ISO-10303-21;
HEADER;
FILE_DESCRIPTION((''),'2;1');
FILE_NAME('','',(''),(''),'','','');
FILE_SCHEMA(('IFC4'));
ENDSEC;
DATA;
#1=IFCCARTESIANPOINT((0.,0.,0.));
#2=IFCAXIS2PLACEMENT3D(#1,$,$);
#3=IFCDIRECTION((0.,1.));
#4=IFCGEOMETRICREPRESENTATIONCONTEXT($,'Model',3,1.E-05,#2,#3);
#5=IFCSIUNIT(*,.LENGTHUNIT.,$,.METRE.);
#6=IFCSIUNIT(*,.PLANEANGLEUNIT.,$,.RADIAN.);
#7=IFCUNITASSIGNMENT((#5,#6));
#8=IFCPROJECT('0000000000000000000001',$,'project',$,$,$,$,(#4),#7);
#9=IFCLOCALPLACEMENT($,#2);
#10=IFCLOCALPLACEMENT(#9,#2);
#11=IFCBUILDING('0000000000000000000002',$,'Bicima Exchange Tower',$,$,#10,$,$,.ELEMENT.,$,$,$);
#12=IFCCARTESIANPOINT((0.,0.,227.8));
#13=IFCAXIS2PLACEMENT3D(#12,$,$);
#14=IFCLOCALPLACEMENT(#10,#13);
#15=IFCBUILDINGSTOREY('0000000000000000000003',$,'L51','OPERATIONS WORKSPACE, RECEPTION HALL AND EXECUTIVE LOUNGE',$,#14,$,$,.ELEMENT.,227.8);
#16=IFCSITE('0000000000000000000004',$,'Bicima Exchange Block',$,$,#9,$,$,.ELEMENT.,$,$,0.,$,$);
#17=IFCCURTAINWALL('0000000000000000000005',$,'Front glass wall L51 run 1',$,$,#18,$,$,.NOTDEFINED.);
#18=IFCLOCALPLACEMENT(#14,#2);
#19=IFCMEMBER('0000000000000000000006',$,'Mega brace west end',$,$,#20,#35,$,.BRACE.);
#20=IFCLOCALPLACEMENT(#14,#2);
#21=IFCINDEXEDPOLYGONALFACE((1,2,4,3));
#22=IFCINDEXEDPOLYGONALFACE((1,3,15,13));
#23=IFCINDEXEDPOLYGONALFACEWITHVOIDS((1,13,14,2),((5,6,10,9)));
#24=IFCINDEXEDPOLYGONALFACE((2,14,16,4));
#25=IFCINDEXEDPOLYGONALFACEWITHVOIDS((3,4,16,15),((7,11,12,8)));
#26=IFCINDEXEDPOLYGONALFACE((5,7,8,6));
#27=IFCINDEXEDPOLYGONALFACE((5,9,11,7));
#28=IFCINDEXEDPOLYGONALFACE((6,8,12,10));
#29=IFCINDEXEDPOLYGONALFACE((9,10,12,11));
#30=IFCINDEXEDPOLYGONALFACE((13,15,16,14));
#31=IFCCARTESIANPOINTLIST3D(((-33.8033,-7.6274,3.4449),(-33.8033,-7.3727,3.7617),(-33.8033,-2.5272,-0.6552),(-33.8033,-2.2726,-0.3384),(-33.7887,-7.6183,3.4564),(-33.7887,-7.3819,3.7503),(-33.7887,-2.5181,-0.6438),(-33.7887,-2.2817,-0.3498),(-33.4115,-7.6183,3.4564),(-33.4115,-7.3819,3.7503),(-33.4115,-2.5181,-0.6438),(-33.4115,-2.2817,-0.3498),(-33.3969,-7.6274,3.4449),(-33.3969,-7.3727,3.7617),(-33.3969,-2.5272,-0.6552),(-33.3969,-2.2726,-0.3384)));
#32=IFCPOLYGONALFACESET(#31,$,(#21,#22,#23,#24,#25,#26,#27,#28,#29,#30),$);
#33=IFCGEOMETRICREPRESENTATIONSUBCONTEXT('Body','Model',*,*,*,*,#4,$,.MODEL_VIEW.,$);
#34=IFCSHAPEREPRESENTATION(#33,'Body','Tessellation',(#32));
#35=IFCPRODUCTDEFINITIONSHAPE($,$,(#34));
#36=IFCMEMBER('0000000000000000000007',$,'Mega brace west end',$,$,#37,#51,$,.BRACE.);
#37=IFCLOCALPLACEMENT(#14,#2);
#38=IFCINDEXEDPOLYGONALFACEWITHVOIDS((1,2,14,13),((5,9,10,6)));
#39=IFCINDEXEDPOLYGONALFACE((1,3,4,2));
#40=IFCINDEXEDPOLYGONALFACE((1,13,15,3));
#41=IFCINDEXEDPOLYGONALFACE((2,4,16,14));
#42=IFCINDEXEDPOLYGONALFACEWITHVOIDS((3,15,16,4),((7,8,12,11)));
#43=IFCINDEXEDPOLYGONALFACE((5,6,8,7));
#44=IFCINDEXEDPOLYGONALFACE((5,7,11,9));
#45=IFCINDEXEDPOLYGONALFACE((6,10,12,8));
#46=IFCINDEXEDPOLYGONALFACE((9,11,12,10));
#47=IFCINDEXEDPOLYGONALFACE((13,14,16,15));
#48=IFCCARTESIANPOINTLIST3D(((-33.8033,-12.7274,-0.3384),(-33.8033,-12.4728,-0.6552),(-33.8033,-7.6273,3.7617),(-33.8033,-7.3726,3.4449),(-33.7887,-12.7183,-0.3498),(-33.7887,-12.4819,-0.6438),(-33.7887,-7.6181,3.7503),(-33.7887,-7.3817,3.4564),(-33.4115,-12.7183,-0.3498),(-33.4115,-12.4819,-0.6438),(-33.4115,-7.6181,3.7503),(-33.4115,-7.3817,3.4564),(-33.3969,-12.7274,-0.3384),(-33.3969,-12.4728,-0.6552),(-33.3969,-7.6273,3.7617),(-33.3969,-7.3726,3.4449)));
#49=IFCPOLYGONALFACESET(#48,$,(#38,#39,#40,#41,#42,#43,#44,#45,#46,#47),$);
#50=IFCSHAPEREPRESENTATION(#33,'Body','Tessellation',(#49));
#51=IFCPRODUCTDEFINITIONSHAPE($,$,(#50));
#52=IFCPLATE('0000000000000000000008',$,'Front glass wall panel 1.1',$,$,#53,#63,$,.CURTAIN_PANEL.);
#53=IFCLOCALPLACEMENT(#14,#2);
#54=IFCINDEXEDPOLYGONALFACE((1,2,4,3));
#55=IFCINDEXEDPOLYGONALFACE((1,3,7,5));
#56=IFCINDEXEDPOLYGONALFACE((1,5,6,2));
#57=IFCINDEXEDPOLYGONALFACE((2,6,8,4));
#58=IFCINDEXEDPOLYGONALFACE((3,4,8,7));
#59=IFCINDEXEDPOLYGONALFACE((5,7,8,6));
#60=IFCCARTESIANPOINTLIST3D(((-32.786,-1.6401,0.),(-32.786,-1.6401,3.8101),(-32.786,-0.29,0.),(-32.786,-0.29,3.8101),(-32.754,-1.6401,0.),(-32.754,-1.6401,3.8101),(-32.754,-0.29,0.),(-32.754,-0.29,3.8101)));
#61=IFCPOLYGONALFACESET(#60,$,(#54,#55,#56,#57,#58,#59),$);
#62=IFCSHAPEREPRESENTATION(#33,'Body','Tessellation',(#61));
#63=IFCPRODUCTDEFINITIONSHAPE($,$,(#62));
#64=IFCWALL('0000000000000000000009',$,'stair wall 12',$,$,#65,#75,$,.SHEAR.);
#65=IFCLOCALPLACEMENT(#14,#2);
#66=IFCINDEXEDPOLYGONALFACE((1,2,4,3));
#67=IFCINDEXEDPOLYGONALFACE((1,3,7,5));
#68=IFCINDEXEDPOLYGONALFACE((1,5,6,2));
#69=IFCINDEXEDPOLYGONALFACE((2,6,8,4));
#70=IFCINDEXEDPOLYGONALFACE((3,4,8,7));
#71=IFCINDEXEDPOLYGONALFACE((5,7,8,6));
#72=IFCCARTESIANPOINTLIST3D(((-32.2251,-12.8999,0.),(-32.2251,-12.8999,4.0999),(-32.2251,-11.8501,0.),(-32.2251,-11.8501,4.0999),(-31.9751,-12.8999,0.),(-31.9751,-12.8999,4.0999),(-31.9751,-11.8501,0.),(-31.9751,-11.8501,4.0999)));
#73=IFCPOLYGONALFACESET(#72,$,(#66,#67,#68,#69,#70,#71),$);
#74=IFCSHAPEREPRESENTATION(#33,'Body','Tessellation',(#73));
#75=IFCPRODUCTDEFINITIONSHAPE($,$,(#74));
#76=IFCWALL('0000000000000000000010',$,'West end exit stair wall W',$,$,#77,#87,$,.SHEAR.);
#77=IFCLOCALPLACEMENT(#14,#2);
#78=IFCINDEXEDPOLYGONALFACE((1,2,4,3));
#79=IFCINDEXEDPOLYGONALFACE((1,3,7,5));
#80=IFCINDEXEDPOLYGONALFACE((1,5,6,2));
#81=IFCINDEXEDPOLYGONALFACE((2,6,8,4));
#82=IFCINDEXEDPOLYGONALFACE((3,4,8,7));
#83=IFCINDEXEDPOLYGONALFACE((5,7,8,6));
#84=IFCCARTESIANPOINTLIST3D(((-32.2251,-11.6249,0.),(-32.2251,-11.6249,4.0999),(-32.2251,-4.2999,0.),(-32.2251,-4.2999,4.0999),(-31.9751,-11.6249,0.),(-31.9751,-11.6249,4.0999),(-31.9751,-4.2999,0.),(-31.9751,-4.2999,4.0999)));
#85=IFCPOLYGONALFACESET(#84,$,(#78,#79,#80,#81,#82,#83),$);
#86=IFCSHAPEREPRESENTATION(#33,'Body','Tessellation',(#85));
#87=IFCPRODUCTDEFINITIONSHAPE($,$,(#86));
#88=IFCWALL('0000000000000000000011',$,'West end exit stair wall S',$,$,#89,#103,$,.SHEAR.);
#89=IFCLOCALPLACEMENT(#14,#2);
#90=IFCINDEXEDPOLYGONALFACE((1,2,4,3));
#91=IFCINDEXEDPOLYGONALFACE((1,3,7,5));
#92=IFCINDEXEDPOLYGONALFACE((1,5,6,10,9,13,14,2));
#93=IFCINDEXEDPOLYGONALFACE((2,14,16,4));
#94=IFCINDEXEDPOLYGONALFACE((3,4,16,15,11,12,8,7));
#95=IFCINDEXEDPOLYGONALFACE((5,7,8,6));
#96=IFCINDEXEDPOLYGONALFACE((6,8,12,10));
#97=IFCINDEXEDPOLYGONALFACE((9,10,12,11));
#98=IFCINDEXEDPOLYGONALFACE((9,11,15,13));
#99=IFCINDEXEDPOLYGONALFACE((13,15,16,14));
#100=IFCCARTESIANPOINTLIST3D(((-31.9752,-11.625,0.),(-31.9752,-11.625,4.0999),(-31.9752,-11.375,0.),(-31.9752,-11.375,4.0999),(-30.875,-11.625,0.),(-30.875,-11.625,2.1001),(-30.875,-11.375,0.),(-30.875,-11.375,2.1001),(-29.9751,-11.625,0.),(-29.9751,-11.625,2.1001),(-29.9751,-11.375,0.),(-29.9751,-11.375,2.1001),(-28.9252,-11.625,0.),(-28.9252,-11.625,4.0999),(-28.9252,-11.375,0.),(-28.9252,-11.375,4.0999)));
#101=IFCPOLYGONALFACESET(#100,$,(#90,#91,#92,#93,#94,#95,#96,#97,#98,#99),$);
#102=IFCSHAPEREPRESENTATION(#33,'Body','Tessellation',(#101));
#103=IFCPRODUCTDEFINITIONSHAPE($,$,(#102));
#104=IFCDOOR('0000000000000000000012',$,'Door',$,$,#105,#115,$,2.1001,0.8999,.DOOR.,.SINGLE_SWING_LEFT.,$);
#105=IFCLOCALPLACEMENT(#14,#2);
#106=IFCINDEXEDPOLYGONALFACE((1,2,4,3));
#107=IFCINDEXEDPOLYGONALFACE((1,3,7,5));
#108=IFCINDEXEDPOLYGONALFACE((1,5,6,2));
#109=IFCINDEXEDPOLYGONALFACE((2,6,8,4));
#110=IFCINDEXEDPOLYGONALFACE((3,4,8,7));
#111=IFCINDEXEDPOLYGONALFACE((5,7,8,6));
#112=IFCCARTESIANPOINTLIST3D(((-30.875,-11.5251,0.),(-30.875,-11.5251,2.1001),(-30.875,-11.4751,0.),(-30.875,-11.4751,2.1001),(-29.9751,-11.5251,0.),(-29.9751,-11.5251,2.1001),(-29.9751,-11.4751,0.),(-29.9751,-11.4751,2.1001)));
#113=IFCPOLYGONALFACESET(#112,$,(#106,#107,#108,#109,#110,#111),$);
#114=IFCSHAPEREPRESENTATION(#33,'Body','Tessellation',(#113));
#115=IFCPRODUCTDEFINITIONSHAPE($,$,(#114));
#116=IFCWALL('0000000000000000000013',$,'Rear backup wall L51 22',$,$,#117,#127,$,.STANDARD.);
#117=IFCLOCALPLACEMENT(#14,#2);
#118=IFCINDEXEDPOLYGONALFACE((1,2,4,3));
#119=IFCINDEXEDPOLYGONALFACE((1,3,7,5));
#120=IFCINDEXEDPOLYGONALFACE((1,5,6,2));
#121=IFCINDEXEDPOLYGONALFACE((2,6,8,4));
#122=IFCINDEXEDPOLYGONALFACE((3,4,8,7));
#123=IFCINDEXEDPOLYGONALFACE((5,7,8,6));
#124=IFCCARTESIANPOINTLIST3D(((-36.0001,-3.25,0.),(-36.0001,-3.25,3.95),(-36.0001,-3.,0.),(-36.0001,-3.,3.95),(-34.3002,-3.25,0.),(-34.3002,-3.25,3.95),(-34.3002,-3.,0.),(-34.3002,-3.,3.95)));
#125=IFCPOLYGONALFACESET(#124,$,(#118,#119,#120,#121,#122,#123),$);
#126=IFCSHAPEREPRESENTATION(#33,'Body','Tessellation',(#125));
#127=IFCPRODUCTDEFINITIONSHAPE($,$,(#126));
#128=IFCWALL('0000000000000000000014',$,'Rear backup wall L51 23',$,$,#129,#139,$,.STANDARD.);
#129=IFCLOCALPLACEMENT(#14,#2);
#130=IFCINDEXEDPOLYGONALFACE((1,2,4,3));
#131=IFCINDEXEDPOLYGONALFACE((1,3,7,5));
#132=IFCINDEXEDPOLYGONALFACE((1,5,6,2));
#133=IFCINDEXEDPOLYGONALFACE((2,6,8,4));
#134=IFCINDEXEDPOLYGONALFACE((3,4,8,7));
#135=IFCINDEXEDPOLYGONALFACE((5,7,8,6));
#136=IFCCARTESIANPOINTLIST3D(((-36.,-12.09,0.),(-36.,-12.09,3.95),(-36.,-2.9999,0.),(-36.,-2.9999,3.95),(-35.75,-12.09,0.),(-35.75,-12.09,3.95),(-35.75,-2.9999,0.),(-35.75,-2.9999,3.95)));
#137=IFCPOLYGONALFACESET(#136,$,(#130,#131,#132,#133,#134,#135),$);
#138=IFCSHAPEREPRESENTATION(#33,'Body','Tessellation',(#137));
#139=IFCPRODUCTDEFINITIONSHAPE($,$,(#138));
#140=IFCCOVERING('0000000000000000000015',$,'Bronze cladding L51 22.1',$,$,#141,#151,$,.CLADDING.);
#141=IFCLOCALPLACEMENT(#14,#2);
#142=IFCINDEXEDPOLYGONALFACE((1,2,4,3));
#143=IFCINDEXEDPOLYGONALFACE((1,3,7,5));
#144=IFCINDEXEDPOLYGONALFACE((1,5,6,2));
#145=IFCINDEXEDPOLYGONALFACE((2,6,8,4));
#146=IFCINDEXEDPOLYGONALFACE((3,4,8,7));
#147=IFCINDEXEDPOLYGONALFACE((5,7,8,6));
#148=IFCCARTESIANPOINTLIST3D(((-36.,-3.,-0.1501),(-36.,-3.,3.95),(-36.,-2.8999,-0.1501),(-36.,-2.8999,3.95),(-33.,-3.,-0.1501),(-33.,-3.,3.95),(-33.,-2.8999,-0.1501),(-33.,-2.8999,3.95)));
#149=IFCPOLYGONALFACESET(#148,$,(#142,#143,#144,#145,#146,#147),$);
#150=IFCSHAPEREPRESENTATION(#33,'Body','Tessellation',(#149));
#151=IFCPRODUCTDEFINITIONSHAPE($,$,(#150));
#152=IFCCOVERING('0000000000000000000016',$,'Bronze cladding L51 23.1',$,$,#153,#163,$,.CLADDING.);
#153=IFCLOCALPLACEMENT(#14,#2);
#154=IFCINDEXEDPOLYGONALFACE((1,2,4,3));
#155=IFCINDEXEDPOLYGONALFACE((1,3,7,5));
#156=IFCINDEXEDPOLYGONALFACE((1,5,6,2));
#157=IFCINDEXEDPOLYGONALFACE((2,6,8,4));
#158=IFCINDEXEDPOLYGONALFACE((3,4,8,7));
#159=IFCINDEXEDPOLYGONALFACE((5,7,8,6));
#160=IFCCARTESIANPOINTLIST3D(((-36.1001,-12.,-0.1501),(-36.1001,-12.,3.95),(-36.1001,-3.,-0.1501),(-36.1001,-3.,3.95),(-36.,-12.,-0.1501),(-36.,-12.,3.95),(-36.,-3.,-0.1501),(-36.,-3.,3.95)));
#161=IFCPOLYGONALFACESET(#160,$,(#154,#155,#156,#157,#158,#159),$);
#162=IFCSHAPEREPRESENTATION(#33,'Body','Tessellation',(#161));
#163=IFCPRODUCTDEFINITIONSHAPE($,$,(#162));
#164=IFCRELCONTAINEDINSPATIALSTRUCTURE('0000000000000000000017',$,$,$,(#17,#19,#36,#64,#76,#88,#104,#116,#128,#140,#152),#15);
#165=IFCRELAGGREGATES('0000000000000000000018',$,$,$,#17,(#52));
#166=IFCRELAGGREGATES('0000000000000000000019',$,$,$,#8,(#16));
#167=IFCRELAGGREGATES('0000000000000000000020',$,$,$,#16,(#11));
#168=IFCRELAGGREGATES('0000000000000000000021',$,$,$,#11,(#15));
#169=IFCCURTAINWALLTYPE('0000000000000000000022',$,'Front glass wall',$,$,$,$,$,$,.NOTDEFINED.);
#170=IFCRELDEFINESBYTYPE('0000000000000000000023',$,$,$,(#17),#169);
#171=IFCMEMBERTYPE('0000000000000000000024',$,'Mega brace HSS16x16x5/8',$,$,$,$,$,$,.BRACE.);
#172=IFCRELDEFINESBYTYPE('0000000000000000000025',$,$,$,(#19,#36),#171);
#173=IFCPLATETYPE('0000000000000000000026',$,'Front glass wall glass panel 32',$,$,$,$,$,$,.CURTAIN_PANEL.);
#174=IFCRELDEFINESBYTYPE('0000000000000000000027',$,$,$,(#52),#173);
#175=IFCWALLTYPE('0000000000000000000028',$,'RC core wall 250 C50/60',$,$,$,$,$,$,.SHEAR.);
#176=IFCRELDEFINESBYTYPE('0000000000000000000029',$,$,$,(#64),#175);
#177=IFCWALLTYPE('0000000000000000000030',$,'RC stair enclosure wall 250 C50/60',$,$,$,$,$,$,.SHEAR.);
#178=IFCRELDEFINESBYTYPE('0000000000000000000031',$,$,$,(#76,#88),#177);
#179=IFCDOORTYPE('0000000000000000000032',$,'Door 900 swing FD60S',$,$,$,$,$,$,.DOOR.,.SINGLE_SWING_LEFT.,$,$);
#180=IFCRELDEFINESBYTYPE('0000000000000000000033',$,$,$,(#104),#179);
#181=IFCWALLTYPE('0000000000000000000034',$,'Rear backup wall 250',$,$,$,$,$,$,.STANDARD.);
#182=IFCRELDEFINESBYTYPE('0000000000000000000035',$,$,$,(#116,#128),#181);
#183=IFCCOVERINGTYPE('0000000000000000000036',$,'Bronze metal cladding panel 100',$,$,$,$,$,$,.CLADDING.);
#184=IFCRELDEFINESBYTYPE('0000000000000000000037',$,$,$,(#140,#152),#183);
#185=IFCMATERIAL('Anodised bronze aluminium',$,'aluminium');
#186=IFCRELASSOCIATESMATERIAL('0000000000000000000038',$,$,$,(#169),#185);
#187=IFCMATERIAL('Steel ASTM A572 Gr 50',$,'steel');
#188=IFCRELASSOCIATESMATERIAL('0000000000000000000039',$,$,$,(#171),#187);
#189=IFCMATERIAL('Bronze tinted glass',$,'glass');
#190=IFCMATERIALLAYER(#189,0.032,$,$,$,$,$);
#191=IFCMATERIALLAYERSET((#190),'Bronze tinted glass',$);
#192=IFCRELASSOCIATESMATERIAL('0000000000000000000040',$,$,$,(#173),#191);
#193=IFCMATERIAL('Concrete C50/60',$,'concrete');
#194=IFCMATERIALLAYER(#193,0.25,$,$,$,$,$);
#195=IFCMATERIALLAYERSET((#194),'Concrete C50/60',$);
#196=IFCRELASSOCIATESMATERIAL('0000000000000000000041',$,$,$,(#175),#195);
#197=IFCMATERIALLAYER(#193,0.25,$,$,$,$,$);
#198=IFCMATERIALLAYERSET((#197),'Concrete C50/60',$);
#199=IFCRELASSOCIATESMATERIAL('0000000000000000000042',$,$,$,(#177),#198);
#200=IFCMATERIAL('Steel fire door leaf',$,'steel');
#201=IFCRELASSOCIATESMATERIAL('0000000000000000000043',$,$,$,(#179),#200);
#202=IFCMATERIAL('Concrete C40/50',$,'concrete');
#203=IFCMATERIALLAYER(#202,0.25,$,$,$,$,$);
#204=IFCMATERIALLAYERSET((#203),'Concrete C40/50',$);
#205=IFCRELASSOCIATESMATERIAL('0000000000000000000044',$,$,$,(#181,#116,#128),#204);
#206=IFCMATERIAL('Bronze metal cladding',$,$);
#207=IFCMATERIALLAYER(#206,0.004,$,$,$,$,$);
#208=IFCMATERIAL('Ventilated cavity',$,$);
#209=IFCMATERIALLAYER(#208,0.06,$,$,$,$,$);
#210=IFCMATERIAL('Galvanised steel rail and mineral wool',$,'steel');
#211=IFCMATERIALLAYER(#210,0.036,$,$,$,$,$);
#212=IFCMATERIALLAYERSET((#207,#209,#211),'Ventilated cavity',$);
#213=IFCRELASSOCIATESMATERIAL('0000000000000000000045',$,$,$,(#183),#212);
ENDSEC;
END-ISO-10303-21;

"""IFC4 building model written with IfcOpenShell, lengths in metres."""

from ifc_helpers import new_model, si_unit, direction, frame, frame_2d, origin, origin_2d, place, context, subcontext, project, spatial, rectangle, hollow_rectangle, extrude, material, layer, layer_set, layer_usage, material_profile, profile_set, type_object, element, fill, aggregate, save


model = new_model("IFC4")

# Units and contexts
model_context = context("Model", 3, precision=1e-05, world=origin(), true_north=direction((0.0, 1.0)))
body_context = subcontext(model_context, "Body", "Model", "MODEL_VIEW")
ifc_project = project(units=[si_unit("LENGTHUNIT", "METRE"), si_unit("PLANEANGLEUNIT", "RADIAN")], contexts=[model_context])

# Site, building, storey
site_placement = place(None, origin())
site = spatial("IfcSite", under=ifc_project, at=site_placement, Name="Bicima Exchange Block", CompositionType="ELEMENT", RefElevation=0.0)
building_placement = place(site_placement, origin())
building = spatial("IfcBuilding", under=site, at=building_placement, Name="Bicima Exchange Tower", CompositionType="ELEMENT")
storey_placement = place(building_placement, frame((0.0, 0.0, 227.8)))
storey = spatial("IfcBuildingStorey", under=building, at=storey_placement, Name="L51", Description="OPERATIONS WORKSPACE, RECEPTION HALL AND EXECUTIVE LOUNGE", CompositionType="ELEMENT", Elevation=227.8)

# Shared definitions
ifc_material_1 = material(Name="Steel ASTM A572 Gr 50", Category="steel")

# Shared definitions
ifc_material_2 = material(Name="Anodised bronze aluminium", Category="aluminium")

# Curtain wall
curtain_wall_type_1 = type_object("IfcCurtainWallType", Name="Front glass wall", PredefinedType="NOTDEFINED", material=ifc_material_2)
curtain_wall_1_placement = place(storey_placement, origin())
curtain_wall_1 = element("IfcCurtainWall", 1, at=curtain_wall_1_placement, inside=storey, type_object=curtain_wall_type_1, Name="Front glass wall L51 run 1", PredefinedType="NOTDEFINED")

# Members
ifc_material_profile_1 = material_profile(ifc_material_1, hollow_rectangle(XDim=0.4065, YDim=0.4065, WallThickness=0.0146, at=origin_2d()))
ifc_profile_set_1 = profile_set([ifc_material_profile_1], Name="Steel ASTM A572 Gr 50")
member_type_1 = type_object("IfcMemberType", Name="Mega brace HSS16x16x5/8", PredefinedType="BRACE", material=ifc_profile_set_1)
for number, where, z_axis, x_axis, name in (
    (2, (-33.6001, -2.3999, -0.4968), (0.0, -0.779374, 0.626559), (1.0, 0.0, 0.0), "Mega brace west end"),
    (3, (-33.6001, -12.6001, -0.4968), (0.0, 0.779374, 0.626559), (-1.0, 0.0, 0.0), "Mega brace west end"),
):
    element("IfcMember", number, at=place(storey_placement, frame(where, z_axis=z_axis, x_axis=x_axis)), inside=storey, type_object=member_type_1, Name=name, PredefinedType="BRACE", context=body_context, shape_type="SweptSolid", body=[
        extrude(hollow_rectangle(XDim=0.4065, YDim=0.4065, WallThickness=0.0146, at=origin_2d()), origin(), (0.0, 0.0, 1.0), 6.5439),
    ])

# Plate
ifc_material_3 = material(Name="Bronze tinted glass", Category="glass")
ifc_layer_1 = layer(ifc_material_3, 0.032)
ifc_layer_set_1 = layer_set([ifc_layer_1], Name="Bronze tinted glass")
plate_type = type_object("IfcPlateType", Name="Front glass wall glass panel 32", PredefinedType="CURTAIN_PANEL", material=ifc_layer_set_1)
plate_placement = place(storey_placement, frame((-32.77, -0.9651, 0.0), z_axis=(0.0, 0.0, 1.0), x_axis=(0.0, -1.0, 0.0)))
plate = element("IfcPlate", 4, at=plate_placement, type_object=plate_type, Name="Front glass wall panel 1.1", PredefinedType="CURTAIN_PANEL", context=body_context, shape_type="SweptSolid", body=[
    extrude(rectangle(XDim=1.3501, YDim=0.032, at=origin_2d()), origin(), (0.0, 0.0, 1.0), 3.8101),
])
aggregate(curtain_wall_1, [plate])

# Walls
ifc_material_4 = material(Name="Concrete C50/60", Category="concrete")
ifc_layer_2 = layer(ifc_material_4, 0.25)
ifc_layer_set_2 = layer_set([ifc_layer_2], Name="Concrete C50/60")
wall_type_1 = type_object("IfcWallType", Name="RC core wall 250 C50/60", PredefinedType="SHEAR", material=ifc_layer_set_2)
wall_1_placement = place(storey_placement, frame((-32.1001, -12.8999, 0.0), z_axis=(0.0, 0.0, 1.0), x_axis=(0.0, 1.0, 0.0)))
element("IfcWall", 5, at=wall_1_placement, inside=storey, type_object=wall_type_1, Name="stair wall 12", PredefinedType="SHEAR", context=body_context, shape_type="SweptSolid", body=[
    extrude(rectangle(XDim=1.0498, YDim=0.25, at=frame_2d((0.5249, 0.0))), origin(), (0.0, 0.0, 1.0), 4.0999),
])
ifc_layer_3 = layer(ifc_material_4, 0.25)
ifc_layer_set_3 = layer_set([ifc_layer_3], Name="Concrete C50/60")
wall_type_2 = type_object("IfcWallType", Name="RC stair enclosure wall 250 C50/60", PredefinedType="SHEAR", material=ifc_layer_set_3)
wall_2_placement = place(storey_placement, frame((-32.1001, -11.625, 0.0), z_axis=(0.0, 0.0, 1.0), x_axis=(0.0, 1.0, 0.0)))
element("IfcWall", 6, at=wall_2_placement, inside=storey, type_object=wall_type_2, Name="West end exit stair wall W", PredefinedType="SHEAR", context=body_context, shape_type="SweptSolid", body=[
    extrude(rectangle(XDim=7.325, YDim=0.25, at=frame_2d((3.6626, 0.0))), origin(), (0.0, 0.0, 1.0), 4.0999),
])

# Wall, opening, door
wall_3_placement = place(storey_placement, frame((-31.9751, -11.5, 0.0), z_axis=(0.0, 0.0, 1.0), x_axis=(1.0, 0.0, 0.0)))
wall_3 = element("IfcWall", 7, at=wall_3_placement, inside=storey, type_object=wall_type_2, Name="West end exit stair wall S", PredefinedType="SHEAR", context=body_context, shape_type="SweptSolid", body=[
    extrude(rectangle(XDim=3.05, YDim=0.25, at=frame_2d((1.5249, 0.0))), origin(), (0.0, 0.0, 1.0), 4.0999),
])
opening_placement = place(wall_3_placement, frame((1.1001, 0.0, 0.0)))
opening = element("IfcOpeningElement", 8, at=opening_placement, cuts=wall_3, PredefinedType="OPENING", context=body_context, shape_type="SweptSolid", body=[
    extrude(rectangle(XDim=0.8999, YDim=2.1001, at=frame_2d((0.45, 1.05))), frame((0.0, 0.137, 0.0), z_axis=(0.0, -1.0, 0.0), x_axis=(1.0, 0.0, 0.0)), (0.0, 0.0, 1.0), 0.2739),
])
ifc_material_5 = material(Name="Steel fire door leaf", Category="steel")
door_type = type_object("IfcDoorType", Name="Door 900 swing FD60S", OperationType="SINGLE_SWING_LEFT", PredefinedType="DOOR", material=ifc_material_5)
door_placement = place(opening_placement, origin())
door = element("IfcDoor", 9, at=door_placement, inside=storey, type_object=door_type, Name="Door", OperationType="SINGLE_SWING_LEFT", OverallHeight=2.1001, OverallWidth=0.8999, PredefinedType="DOOR", context=body_context, shape_type="SweptSolid", body=[
    extrude(rectangle(XDim=0.8999, YDim=2.1001, at=frame_2d((0.45, 1.05))), frame((0.0, 0.0249, 0.0), z_axis=(0.0, -1.0, 0.0), x_axis=(1.0, 0.0, 0.0)), (0.0, 0.0, 1.0), 0.05),
])
fill(opening, door)

# Walls
ifc_material_6 = material(Name="Concrete C40/50", Category="concrete")
ifc_layer_4 = layer(ifc_material_6, 0.25)
ifc_layer_set_4 = layer_set([ifc_layer_4], Name="Concrete C40/50")
ifc_layer_usage = layer_usage(ifc_layer_set_4, "AXIS2", "POSITIVE", -0.125)
wall_type_3 = type_object("IfcWallType", Name="Rear backup wall 250", PredefinedType="STANDARD", material=ifc_layer_set_4)
wall_4_placement = place(storey_placement, frame((-34.3, -3.125, 0.0), z_axis=(0.0, 0.0, 1.0), x_axis=(-1.0, 0.0, 0.0)))
element("IfcWall", 10, at=wall_4_placement, inside=storey, type_object=wall_type_3, material=ifc_layer_usage, Name="Rear backup wall L51 22", PredefinedType="STANDARD", context=body_context, shape_type="SweptSolid", body=[
    extrude(rectangle(XDim=1.7, YDim=0.25, at=frame_2d((0.8501, 0.0))), origin(), (0.0, 0.0, 1.0), 3.95),
])
wall_5_placement = place(storey_placement, frame((-35.875, -3.0, 0.0), z_axis=(0.0, 0.0, 1.0), x_axis=(0.0, -1.0, 0.0)))
element("IfcWall", 11, at=wall_5_placement, inside=storey, type_object=wall_type_3, material=ifc_layer_usage, Name="Rear backup wall L51 23", PredefinedType="STANDARD", context=body_context, shape_type="SweptSolid", body=[
    extrude(rectangle(XDim=9.0901, YDim=0.25, at=frame_2d((4.5449, 0.0))), origin(), (0.0, 0.0, 1.0), 3.95),
])

# Coverings
ifc_material_7 = material(Name="Bronze metal cladding")
ifc_layer_5 = layer(ifc_material_7, 0.004)
ifc_material_8 = material(Name="Ventilated cavity")
ifc_layer_6 = layer(ifc_material_8, 0.06)
ifc_material_9 = material(Name="Galvanised steel rail and mineral wool", Category="steel")
ifc_layer_7 = layer(ifc_material_9, 0.036)
ifc_layer_set_5 = layer_set([ifc_layer_5, ifc_layer_6, ifc_layer_7], Name="Ventilated cavity")
covering_type = type_object("IfcCoveringType", Name="Bronze metal cladding panel 100", PredefinedType="CLADDING", material=ifc_layer_set_5)
covering_1_placement = place(storey_placement, frame((-34.5, -2.95, -0.1501), z_axis=(0.0, 0.0, 1.0), x_axis=(-1.0, 0.0, 0.0)))
element("IfcCovering", 12, at=covering_1_placement, inside=storey, type_object=covering_type, Name="Bronze cladding L51 22.1", PredefinedType="CLADDING", context=body_context, shape_type="SweptSolid", body=[
    extrude(rectangle(XDim=3.0, YDim=0.1001, at=origin_2d()), origin(), (0.0, 0.0, 1.0), 4.1001),
])
covering_2_placement = place(storey_placement, frame((-36.05, -7.5, -0.1501), z_axis=(0.0, 0.0, 1.0), x_axis=(0.0, -1.0, 0.0)))
element("IfcCovering", 13, at=covering_2_placement, inside=storey, type_object=covering_type, Name="Bronze cladding L51 23.1", PredefinedType="CLADDING", context=body_context, shape_type="SweptSolid", body=[
    extrude(rectangle(XDim=9.0, YDim=0.1001, at=origin_2d()), origin(), (0.0, 0.0, 1.0), 4.1001),
])

save(model, "model.ifc")
